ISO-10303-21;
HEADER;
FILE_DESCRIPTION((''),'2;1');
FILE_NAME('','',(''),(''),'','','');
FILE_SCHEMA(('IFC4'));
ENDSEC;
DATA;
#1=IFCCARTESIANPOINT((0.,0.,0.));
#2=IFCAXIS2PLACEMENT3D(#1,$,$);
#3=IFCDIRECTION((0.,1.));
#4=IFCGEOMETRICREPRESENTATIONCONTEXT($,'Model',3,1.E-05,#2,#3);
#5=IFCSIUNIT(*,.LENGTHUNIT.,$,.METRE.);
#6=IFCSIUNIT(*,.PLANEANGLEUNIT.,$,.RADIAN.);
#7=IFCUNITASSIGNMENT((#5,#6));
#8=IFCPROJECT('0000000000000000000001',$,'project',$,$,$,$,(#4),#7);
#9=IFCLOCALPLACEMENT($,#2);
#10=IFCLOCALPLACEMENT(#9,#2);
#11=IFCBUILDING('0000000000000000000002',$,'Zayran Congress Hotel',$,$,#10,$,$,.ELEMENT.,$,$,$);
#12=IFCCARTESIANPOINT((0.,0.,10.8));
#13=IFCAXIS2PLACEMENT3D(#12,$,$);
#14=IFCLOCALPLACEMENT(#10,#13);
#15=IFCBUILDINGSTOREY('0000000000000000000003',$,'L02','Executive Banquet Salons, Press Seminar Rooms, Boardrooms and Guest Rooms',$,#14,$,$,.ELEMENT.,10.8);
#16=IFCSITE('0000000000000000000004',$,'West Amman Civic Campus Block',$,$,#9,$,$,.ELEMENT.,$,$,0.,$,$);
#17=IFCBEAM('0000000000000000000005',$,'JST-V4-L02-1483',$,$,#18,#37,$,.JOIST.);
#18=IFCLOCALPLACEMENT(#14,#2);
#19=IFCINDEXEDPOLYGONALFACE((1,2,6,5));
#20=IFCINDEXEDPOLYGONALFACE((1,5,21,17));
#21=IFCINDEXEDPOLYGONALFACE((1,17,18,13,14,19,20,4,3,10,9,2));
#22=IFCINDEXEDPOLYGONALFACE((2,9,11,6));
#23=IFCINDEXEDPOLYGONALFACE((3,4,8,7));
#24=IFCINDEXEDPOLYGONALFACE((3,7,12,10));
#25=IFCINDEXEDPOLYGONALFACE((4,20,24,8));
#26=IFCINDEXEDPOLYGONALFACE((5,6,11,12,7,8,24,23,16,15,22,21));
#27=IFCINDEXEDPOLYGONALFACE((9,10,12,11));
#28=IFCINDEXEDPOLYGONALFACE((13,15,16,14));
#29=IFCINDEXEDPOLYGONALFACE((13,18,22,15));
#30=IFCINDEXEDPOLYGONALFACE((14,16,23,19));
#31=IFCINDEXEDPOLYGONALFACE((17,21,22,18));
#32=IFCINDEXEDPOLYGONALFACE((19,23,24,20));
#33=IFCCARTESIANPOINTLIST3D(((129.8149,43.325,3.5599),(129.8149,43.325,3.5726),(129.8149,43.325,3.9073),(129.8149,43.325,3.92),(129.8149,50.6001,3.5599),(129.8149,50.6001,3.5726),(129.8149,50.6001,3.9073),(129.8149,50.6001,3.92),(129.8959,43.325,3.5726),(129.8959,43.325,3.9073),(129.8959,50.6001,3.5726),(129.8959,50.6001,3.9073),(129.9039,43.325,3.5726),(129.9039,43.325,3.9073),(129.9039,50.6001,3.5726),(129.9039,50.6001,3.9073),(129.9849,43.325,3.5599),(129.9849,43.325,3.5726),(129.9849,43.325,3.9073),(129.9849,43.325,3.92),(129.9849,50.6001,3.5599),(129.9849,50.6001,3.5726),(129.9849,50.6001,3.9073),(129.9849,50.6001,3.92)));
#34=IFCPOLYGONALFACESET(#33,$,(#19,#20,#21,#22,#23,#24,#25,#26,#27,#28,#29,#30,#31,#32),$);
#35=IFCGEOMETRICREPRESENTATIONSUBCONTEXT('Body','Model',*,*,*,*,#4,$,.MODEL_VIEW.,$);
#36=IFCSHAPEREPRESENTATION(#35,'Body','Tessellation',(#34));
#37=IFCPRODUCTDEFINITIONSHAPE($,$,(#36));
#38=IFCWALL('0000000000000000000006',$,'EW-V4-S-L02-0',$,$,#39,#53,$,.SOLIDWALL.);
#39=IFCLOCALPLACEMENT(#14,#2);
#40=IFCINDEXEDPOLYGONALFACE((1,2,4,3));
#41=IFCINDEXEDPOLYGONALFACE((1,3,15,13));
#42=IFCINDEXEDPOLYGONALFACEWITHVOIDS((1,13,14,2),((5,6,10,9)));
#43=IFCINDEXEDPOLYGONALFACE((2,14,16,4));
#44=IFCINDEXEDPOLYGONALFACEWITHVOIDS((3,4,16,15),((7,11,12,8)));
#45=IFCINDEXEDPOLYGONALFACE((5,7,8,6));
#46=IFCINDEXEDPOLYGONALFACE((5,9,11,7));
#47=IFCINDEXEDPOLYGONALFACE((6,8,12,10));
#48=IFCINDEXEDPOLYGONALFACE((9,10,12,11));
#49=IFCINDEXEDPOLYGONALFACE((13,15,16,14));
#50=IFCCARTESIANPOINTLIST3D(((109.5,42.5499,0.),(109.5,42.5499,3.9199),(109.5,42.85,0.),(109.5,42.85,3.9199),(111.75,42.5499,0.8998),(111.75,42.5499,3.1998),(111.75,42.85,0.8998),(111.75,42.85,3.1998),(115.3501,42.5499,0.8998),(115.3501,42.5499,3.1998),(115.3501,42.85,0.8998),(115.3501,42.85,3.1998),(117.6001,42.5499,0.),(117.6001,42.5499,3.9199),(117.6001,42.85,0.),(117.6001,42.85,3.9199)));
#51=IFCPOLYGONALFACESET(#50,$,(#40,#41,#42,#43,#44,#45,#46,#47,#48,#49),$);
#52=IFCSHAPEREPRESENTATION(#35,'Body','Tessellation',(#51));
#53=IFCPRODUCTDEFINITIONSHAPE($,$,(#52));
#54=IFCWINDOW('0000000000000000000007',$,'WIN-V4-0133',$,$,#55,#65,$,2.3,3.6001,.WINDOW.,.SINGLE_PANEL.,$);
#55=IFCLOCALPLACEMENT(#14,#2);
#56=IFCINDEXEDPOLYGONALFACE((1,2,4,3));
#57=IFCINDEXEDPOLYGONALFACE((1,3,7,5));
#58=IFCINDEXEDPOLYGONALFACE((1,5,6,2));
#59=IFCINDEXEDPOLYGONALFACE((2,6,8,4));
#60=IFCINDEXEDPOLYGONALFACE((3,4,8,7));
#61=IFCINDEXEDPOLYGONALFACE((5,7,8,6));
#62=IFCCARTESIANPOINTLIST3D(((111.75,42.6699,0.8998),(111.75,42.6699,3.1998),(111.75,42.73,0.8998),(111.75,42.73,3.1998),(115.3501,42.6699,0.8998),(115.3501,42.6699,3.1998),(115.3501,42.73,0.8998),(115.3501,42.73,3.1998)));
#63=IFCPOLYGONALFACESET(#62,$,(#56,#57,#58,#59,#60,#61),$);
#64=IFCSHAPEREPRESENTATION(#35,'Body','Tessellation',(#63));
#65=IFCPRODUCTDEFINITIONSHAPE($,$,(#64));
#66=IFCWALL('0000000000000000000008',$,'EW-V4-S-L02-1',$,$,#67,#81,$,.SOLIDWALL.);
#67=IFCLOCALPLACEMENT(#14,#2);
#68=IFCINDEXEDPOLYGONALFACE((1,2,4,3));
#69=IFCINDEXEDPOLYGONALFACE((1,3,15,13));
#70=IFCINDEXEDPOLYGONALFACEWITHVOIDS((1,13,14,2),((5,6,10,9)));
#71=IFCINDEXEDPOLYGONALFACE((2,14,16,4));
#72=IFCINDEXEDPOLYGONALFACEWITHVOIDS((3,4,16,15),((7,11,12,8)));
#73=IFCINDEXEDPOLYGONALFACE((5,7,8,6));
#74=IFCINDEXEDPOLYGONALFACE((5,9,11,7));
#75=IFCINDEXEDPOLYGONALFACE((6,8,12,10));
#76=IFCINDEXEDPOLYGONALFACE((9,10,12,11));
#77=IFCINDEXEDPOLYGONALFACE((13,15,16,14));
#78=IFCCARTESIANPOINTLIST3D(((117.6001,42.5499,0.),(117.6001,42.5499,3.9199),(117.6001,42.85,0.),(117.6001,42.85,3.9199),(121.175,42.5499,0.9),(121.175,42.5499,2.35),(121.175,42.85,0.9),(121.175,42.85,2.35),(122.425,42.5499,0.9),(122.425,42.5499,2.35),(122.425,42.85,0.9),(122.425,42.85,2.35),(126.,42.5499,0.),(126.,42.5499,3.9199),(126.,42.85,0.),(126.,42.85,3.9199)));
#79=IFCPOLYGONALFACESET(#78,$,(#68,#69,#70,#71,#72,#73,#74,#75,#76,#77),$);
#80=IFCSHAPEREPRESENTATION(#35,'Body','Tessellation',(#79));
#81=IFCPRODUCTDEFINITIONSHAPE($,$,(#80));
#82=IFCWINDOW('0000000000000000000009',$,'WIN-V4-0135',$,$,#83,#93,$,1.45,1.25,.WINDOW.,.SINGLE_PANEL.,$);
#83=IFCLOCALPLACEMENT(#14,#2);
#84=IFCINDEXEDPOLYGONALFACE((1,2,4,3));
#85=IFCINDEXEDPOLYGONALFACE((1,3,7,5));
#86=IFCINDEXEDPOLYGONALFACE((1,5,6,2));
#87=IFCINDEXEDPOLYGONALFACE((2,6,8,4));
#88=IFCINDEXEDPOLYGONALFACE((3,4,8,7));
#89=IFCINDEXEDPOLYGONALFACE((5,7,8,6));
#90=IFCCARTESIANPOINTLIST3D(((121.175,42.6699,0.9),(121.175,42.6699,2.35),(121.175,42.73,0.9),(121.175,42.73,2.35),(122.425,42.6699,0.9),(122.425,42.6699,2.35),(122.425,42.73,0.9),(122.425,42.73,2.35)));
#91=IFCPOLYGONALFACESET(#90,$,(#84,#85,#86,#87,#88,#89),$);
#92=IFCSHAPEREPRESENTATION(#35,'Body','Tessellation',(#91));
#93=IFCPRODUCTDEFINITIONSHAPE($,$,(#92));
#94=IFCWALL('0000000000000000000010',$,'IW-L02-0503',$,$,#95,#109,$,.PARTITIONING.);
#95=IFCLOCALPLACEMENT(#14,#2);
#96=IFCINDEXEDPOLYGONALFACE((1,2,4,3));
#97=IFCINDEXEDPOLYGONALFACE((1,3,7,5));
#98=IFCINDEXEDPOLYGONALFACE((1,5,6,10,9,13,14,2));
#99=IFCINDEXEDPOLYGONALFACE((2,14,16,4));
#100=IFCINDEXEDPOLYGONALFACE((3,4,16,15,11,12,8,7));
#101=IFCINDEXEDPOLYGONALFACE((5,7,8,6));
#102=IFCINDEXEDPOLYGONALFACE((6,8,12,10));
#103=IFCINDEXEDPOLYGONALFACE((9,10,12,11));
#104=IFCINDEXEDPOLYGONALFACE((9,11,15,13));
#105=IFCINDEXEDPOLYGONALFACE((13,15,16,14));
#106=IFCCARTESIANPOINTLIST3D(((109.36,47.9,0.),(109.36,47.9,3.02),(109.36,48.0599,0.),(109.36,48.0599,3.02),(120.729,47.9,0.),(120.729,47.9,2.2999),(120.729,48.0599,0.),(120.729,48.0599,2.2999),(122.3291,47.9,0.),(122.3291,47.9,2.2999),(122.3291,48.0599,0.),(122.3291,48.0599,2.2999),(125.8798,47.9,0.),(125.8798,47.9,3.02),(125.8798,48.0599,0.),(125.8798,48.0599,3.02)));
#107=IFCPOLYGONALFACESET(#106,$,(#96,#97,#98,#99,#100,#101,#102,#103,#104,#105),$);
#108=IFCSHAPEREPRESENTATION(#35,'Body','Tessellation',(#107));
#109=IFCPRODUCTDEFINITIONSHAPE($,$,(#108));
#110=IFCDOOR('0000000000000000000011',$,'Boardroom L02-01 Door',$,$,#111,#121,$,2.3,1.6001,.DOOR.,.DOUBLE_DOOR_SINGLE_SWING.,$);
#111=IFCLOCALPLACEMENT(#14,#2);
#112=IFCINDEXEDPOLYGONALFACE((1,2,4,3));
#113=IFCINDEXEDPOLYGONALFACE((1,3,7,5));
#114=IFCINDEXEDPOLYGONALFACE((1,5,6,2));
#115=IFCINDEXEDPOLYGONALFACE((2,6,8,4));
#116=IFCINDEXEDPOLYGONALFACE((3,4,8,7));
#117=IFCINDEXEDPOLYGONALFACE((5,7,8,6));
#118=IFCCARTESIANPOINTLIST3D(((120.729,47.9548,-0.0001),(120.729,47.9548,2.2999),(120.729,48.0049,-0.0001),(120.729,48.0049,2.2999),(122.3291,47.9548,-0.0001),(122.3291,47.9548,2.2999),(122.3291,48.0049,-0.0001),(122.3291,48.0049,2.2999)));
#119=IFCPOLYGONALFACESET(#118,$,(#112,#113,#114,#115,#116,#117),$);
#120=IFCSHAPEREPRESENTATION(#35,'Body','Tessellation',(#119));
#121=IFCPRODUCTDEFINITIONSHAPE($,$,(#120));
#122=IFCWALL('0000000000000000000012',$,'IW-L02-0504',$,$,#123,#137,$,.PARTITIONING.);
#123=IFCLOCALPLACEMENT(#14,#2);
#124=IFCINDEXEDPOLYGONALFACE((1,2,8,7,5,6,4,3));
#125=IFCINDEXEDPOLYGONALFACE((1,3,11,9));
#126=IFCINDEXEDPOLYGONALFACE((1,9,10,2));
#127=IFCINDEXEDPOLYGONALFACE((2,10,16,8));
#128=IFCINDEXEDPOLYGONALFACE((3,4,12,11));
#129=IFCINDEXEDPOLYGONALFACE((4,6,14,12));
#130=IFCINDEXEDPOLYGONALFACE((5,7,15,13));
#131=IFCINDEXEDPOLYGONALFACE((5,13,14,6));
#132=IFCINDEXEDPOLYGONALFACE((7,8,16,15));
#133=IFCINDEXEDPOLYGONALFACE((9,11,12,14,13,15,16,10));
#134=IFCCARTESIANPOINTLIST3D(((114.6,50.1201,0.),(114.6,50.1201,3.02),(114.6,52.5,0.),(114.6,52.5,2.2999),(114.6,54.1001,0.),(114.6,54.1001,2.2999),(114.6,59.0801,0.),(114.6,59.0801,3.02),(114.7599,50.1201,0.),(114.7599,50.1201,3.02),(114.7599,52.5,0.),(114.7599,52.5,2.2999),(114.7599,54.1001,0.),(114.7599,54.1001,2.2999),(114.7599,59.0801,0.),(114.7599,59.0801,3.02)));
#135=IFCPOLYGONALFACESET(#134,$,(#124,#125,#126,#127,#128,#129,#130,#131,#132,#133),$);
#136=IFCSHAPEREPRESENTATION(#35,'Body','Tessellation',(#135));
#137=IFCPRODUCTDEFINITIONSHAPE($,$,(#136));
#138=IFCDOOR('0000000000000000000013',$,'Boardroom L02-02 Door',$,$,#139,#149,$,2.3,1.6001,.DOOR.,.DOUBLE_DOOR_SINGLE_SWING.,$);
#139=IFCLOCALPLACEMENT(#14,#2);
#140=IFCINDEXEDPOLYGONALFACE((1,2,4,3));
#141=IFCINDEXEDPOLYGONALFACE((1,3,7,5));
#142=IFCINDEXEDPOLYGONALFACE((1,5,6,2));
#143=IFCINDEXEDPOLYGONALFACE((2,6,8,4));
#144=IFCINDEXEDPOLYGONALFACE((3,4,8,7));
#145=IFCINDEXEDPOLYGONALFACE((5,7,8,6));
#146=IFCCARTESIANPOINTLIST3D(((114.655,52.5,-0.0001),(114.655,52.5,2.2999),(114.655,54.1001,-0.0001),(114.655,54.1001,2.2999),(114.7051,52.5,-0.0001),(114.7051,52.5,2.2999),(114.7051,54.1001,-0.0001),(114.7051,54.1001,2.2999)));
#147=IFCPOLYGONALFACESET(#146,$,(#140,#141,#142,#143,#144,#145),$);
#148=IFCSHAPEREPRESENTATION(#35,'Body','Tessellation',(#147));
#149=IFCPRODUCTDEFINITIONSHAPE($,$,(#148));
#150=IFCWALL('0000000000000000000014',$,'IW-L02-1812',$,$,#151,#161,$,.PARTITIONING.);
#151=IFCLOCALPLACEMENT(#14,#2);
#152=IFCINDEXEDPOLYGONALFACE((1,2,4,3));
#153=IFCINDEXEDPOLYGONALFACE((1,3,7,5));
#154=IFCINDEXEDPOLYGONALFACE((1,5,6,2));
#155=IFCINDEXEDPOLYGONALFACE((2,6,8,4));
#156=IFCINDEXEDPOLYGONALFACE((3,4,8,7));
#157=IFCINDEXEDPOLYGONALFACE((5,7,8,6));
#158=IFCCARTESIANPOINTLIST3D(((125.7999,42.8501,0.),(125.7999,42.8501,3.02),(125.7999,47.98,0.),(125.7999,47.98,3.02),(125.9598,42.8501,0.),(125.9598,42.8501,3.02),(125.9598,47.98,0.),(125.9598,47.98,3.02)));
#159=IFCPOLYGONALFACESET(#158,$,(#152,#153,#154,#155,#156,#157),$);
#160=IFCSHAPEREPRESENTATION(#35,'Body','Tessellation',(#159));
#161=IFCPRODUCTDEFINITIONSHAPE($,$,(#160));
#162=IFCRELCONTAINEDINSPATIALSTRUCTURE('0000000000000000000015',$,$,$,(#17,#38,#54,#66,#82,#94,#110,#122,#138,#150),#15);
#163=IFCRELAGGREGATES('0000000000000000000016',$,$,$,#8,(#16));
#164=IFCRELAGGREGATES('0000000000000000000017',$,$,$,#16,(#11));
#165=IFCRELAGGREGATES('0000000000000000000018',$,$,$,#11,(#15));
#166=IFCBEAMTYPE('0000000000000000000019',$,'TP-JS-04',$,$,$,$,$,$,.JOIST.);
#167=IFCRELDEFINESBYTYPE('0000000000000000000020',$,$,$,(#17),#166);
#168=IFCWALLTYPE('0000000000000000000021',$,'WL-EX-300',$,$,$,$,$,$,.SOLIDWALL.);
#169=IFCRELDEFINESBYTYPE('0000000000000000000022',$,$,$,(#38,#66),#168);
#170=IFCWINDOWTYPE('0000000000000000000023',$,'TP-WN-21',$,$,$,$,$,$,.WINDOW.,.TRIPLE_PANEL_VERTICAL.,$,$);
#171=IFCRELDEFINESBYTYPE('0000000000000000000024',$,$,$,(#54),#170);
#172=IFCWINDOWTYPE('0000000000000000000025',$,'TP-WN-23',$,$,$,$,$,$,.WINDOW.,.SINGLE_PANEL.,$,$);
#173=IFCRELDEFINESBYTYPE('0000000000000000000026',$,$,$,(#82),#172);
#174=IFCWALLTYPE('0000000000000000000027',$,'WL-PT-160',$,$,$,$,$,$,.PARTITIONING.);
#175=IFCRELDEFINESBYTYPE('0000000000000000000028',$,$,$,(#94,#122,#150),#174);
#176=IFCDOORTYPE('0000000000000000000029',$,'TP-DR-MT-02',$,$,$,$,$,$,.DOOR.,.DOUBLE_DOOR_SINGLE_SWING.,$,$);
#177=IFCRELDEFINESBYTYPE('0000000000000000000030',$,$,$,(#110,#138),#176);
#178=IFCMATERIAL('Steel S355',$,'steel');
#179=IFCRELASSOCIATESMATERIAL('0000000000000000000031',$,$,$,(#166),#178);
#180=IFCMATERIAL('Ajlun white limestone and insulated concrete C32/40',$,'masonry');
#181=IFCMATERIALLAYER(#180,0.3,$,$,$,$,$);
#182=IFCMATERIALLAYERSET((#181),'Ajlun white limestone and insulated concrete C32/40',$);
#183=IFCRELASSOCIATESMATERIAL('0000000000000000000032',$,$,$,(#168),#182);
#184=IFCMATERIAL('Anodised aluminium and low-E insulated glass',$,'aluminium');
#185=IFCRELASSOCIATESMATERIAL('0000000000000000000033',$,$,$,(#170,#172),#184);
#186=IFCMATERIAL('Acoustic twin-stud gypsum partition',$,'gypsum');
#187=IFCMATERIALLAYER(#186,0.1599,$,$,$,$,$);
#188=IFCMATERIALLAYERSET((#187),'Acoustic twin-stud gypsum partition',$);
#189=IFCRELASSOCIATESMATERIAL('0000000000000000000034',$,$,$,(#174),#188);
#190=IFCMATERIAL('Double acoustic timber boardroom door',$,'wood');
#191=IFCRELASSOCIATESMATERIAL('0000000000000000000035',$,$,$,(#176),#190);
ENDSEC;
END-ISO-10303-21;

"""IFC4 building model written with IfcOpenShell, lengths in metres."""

from ifc_helpers import new_model, si_unit, direction, frame, frame_2d, origin, origin_2d, place, context, subcontext, project, spatial, rectangle, i_section, extrude, material, layer, layer_set, material_profile, profile_set, type_object, element, fill, save


model = new_model("IFC4")

# Units and contexts
model_context = context("Model", 3, precision=1e-05, world=origin(), true_north=direction((0.0, 1.0)))
body_context = subcontext(model_context, "Body", "Model", "MODEL_VIEW")
ifc_project = project(units=[si_unit("LENGTHUNIT", "METRE"), si_unit("PLANEANGLEUNIT", "RADIAN")], contexts=[model_context])

# Site, building, storey
site_placement = place(None, origin())
site = spatial("IfcSite", under=ifc_project, at=site_placement, Name="West Amman Civic Campus Block", CompositionType="ELEMENT", RefElevation=0.0)
building_placement = place(site_placement, origin())
building = spatial("IfcBuilding", under=site, at=building_placement, Name="Zayran Congress Hotel", CompositionType="ELEMENT")
storey_placement = place(building_placement, frame((0.0, 0.0, 10.8)))
storey = spatial("IfcBuildingStorey", under=building, at=storey_placement, Name="L02", Description="Executive Banquet Salons, Press Seminar Rooms, Boardrooms and Guest Rooms", CompositionType="ELEMENT", Elevation=10.8)

# Beam
ifc_material_1 = material(Name="Steel S355", Category="steel")
ifc_material_profile_1 = material_profile(ifc_material_1, i_section(OverallWidth=0.1699, OverallDepth=0.3601, WebThickness=0.0081, FlangeThickness=0.0127, at=origin_2d()), Name="IPE 360")
ifc_profile_set_1 = profile_set([ifc_material_profile_1], Name="Steel S355")
beam_type_1 = type_object("IfcBeamType", Name="TP-JS-04", PredefinedType="JOIST", material=ifc_profile_set_1)
beam_1_placement = place(storey_placement, frame((129.8999, 43.325, 3.74), z_axis=(0.0, 1.0, 0.0), x_axis=(-1.0, 0.0, 0.0)))
element("IfcBeam", 1, at=beam_1_placement, inside=storey, type_object=beam_type_1, Name="JST-V4-L02-1483", PredefinedType="JOIST", context=body_context, shape_type="SweptSolid", body=[
    extrude(i_section(OverallWidth=0.1699, OverallDepth=0.3601, WebThickness=0.0081, FlangeThickness=0.0127, at=origin_2d()), origin(), (0.0, 0.0, 1.0), 7.2751),
])

# Walls, openings, windows
ifc_material_2 = material(Name="Ajlun white limestone and insulated concrete C32/40", Category="masonry")
ifc_layer_1 = layer(ifc_material_2, 0.3)
ifc_layer_set_1 = layer_set([ifc_layer_1], Name="Ajlun white limestone and insulated concrete C32/40")
wall_type_1 = type_object("IfcWallType", Name="WL-EX-300", PredefinedType="SOLIDWALL", material=ifc_layer_set_1)
wall_1_placement = place(storey_placement, frame((117.6001, 42.7, 0.0), z_axis=(0.0, 0.0, 1.0), x_axis=(-1.0, 0.0, 0.0)))
wall_1 = element("IfcWall", 2, at=wall_1_placement, inside=storey, type_object=wall_type_1, Name="EW-V4-S-L02-0", PredefinedType="SOLIDWALL", context=body_context, shape_type="SweptSolid", body=[
    extrude(rectangle(XDim=8.1001, YDim=0.3, at=frame_2d((4.05, 0.0))), origin(), (0.0, 0.0, 1.0), 3.9199),
])
opening_1_placement = place(wall_1_placement, frame((2.25, 0.0, 0.8999)))
opening_1 = element("IfcOpeningElement", 3, at=opening_1_placement, cuts=wall_1, PredefinedType="OPENING", context=body_context, shape_type="SweptSolid", body=[
    extrude(rectangle(XDim=3.6001, YDim=2.3, at=frame_2d((1.8, 1.1499))), frame((0.0, 0.1599, 0.0), z_axis=(0.0, -1.0, 0.0), x_axis=(1.0, 0.0, 0.0)), (0.0, 0.0, 1.0), 0.3201),
])
ifc_material_3 = material(Name="Anodised aluminium and low-E insulated glass", Category="aluminium")
window_type_1 = type_object("IfcWindowType", Name="TP-WN-21", PartitioningType="TRIPLE_PANEL_VERTICAL", PredefinedType="WINDOW", material=ifc_material_3)
window_1_placement = place(opening_1_placement, origin())
window_1 = element("IfcWindow", 4, at=window_1_placement, inside=storey, type_object=window_type_1, Name="WIN-V4-0133", OverallHeight=2.3, OverallWidth=3.6001, PartitioningType="SINGLE_PANEL", PredefinedType="WINDOW", context=body_context, shape_type="SweptSolid", body=[
    extrude(rectangle(XDim=3.6001, YDim=2.3, at=frame_2d((1.8, 1.1499))), frame((0.0, 0.03, 0.0), z_axis=(0.0, -1.0, 0.0), x_axis=(1.0, 0.0, 0.0)), (0.0, 0.0, 1.0), 0.0601),
])
fill(opening_1, window_1)
wall_2_placement = place(storey_placement, frame((126.0, 42.7, 0.0), z_axis=(0.0, 0.0, 1.0), x_axis=(-1.0, 0.0, 0.0)))
wall_2 = element("IfcWall", 5, at=wall_2_placement, inside=storey, type_object=wall_type_1, Name="EW-V4-S-L02-1", PredefinedType="SOLIDWALL", context=body_context, shape_type="SweptSolid", body=[
    extrude(rectangle(XDim=8.3999, YDim=0.3, at=frame_2d((4.2, 0.0))), origin(), (0.0, 0.0, 1.0), 3.9199),
])
opening_2_placement = place(wall_2_placement, frame((3.575, 0.0, 0.8999)))
opening_2 = element("IfcOpeningElement", 6, at=opening_2_placement, cuts=wall_2, PredefinedType="OPENING", context=body_context, shape_type="SweptSolid", body=[
    extrude(rectangle(XDim=1.25, YDim=1.45, at=frame_2d((0.625, 0.7251))), frame((0.0, 0.1599, 0.0), z_axis=(0.0, -1.0, 0.0), x_axis=(1.0, 0.0, 0.0)), (0.0, 0.0, 1.0), 0.3201),
])
window_type_2 = type_object("IfcWindowType", Name="TP-WN-23", PartitioningType="SINGLE_PANEL", PredefinedType="WINDOW", material=ifc_material_3)
window_2_placement = place(opening_2_placement, origin())
window_2 = element("IfcWindow", 7, at=window_2_placement, inside=storey, type_object=window_type_2, Name="WIN-V4-0135", OverallHeight=1.45, OverallWidth=1.25, PartitioningType="SINGLE_PANEL", PredefinedType="WINDOW", context=body_context, shape_type="SweptSolid", body=[
    extrude(rectangle(XDim=1.25, YDim=1.45, at=frame_2d((0.625, 0.7251))), frame((0.0, 0.03, 0.0), z_axis=(0.0, -1.0, 0.0), x_axis=(1.0, 0.0, 0.0)), (0.0, 0.0, 1.0), 0.0601),
])
fill(opening_2, window_2)

# Walls, openings, doors
ifc_material_4 = material(Name="Acoustic twin-stud gypsum partition", Category="gypsum")
ifc_layer_2 = layer(ifc_material_4, 0.1599)
ifc_layer_set_2 = layer_set([ifc_layer_2], Name="Acoustic twin-stud gypsum partition")
wall_type_2 = type_object("IfcWallType", Name="WL-PT-160", PredefinedType="PARTITIONING", material=ifc_layer_set_2)
wall_3_placement = place(storey_placement, frame((109.3601, 47.98, 0.0), z_axis=(0.0, 0.0, 1.0), x_axis=(1.0, 0.0, 0.0)))
wall_3 = element("IfcWall", 8, at=wall_3_placement, inside=storey, type_object=wall_type_2, Name="IW-L02-0503", PredefinedType="PARTITIONING", context=body_context, shape_type="SweptSolid", body=[
    extrude(rectangle(XDim=16.5198, YDim=0.1599, at=frame_2d((8.2598, 0.0))), origin(), (0.0, 0.0, 1.0), 3.02),
])
opening_3_placement = place(wall_3_placement, frame((11.3689, 0.0, 0.0)))
opening_3 = element("IfcOpeningElement", 9, at=opening_3_placement, cuts=wall_3, PredefinedType="OPENING", context=body_context, shape_type="SweptSolid", body=[
    extrude(rectangle(XDim=1.6001, YDim=2.3, at=frame_2d((0.8, 1.1499))), frame((0.0, 0.0898, 0.0), z_axis=(0.0, -1.0, 0.0), x_axis=(1.0, 0.0, 0.0)), (0.0, 0.0, 1.0), 0.1799),
])
ifc_material_5 = material(Name="Double acoustic timber boardroom door", Category="wood")
door_type = type_object("IfcDoorType", Name="TP-DR-MT-02", OperationType="DOUBLE_DOOR_SINGLE_SWING", PredefinedType="DOOR", material=ifc_material_5)
door_1_placement = place(opening_3_placement, origin())
door_1 = element("IfcDoor", 10, at=door_1_placement, inside=storey, type_object=door_type, Name="Boardroom L02-01 Door", OperationType="DOUBLE_DOOR_SINGLE_SWING", OverallHeight=2.3, OverallWidth=1.6001, PredefinedType="DOOR", context=body_context, shape_type="SweptSolid", body=[
    extrude(rectangle(XDim=1.6001, YDim=2.3, at=frame_2d((0.8, 1.1499))), frame((0.0, 0.0249, 0.0), z_axis=(0.0, -1.0, 0.0), x_axis=(1.0, 0.0, 0.0)), (0.0, 0.0, 1.0), 0.05),
])
fill(opening_3, door_1)
wall_4_placement = place(storey_placement, frame((114.6799, 50.1201, 0.0), z_axis=(0.0, 0.0, 1.0), x_axis=(0.0, 1.0, 0.0)))
wall_4 = element("IfcWall", 11, at=wall_4_placement, inside=storey, type_object=wall_type_2, Name="IW-L02-0504", PredefinedType="PARTITIONING", context=body_context, shape_type="SweptSolid", body=[
    extrude(rectangle(XDim=8.96, YDim=0.1599, at=frame_2d((4.48, 0.0))), origin(), (0.0, 0.0, 1.0), 3.02),
])
opening_4_placement = place(wall_4_placement, frame((2.3799, 0.0, 0.0)))
opening_4 = element("IfcOpeningElement", 12, at=opening_4_placement, cuts=wall_4, PredefinedType="OPENING", context=body_context, shape_type="SweptSolid", body=[
    extrude(rectangle(XDim=1.6001, YDim=2.3, at=frame_2d((0.8, 1.1499))), frame((0.0, 0.0898, 0.0), z_axis=(0.0, -1.0, 0.0), x_axis=(1.0, 0.0, 0.0)), (0.0, 0.0, 1.0), 0.1799),
])
door_2_placement = place(opening_4_placement, origin())
door_2 = element("IfcDoor", 13, at=door_2_placement, inside=storey, type_object=door_type, Name="Boardroom L02-02 Door", OperationType="DOUBLE_DOOR_SINGLE_SWING", OverallHeight=2.3, OverallWidth=1.6001, PredefinedType="DOOR", context=body_context, shape_type="SweptSolid", body=[
    extrude(rectangle(XDim=1.6001, YDim=2.3, at=frame_2d((0.8, 1.1499))), frame((0.0, 0.0249, 0.0), z_axis=(0.0, -1.0, 0.0), x_axis=(1.0, 0.0, 0.0)), (0.0, 0.0, 1.0), 0.05),
])
fill(opening_4, door_2)

# Wall
wall_5_placement = place(storey_placement, frame((125.8799, 42.8501, 0.0), z_axis=(0.0, 0.0, 1.0), x_axis=(0.0, 1.0, 0.0)))
element("IfcWall", 14, at=wall_5_placement, inside=storey, type_object=wall_type_2, Name="IW-L02-1812", PredefinedType="PARTITIONING", context=body_context, shape_type="SweptSolid", body=[
    extrude(rectangle(XDim=5.1299, YDim=0.1599, at=frame_2d((2.5649, 0.0))), origin(), (0.0, 0.0, 1.0), 3.02),
])

save(model, "model.ifc")
